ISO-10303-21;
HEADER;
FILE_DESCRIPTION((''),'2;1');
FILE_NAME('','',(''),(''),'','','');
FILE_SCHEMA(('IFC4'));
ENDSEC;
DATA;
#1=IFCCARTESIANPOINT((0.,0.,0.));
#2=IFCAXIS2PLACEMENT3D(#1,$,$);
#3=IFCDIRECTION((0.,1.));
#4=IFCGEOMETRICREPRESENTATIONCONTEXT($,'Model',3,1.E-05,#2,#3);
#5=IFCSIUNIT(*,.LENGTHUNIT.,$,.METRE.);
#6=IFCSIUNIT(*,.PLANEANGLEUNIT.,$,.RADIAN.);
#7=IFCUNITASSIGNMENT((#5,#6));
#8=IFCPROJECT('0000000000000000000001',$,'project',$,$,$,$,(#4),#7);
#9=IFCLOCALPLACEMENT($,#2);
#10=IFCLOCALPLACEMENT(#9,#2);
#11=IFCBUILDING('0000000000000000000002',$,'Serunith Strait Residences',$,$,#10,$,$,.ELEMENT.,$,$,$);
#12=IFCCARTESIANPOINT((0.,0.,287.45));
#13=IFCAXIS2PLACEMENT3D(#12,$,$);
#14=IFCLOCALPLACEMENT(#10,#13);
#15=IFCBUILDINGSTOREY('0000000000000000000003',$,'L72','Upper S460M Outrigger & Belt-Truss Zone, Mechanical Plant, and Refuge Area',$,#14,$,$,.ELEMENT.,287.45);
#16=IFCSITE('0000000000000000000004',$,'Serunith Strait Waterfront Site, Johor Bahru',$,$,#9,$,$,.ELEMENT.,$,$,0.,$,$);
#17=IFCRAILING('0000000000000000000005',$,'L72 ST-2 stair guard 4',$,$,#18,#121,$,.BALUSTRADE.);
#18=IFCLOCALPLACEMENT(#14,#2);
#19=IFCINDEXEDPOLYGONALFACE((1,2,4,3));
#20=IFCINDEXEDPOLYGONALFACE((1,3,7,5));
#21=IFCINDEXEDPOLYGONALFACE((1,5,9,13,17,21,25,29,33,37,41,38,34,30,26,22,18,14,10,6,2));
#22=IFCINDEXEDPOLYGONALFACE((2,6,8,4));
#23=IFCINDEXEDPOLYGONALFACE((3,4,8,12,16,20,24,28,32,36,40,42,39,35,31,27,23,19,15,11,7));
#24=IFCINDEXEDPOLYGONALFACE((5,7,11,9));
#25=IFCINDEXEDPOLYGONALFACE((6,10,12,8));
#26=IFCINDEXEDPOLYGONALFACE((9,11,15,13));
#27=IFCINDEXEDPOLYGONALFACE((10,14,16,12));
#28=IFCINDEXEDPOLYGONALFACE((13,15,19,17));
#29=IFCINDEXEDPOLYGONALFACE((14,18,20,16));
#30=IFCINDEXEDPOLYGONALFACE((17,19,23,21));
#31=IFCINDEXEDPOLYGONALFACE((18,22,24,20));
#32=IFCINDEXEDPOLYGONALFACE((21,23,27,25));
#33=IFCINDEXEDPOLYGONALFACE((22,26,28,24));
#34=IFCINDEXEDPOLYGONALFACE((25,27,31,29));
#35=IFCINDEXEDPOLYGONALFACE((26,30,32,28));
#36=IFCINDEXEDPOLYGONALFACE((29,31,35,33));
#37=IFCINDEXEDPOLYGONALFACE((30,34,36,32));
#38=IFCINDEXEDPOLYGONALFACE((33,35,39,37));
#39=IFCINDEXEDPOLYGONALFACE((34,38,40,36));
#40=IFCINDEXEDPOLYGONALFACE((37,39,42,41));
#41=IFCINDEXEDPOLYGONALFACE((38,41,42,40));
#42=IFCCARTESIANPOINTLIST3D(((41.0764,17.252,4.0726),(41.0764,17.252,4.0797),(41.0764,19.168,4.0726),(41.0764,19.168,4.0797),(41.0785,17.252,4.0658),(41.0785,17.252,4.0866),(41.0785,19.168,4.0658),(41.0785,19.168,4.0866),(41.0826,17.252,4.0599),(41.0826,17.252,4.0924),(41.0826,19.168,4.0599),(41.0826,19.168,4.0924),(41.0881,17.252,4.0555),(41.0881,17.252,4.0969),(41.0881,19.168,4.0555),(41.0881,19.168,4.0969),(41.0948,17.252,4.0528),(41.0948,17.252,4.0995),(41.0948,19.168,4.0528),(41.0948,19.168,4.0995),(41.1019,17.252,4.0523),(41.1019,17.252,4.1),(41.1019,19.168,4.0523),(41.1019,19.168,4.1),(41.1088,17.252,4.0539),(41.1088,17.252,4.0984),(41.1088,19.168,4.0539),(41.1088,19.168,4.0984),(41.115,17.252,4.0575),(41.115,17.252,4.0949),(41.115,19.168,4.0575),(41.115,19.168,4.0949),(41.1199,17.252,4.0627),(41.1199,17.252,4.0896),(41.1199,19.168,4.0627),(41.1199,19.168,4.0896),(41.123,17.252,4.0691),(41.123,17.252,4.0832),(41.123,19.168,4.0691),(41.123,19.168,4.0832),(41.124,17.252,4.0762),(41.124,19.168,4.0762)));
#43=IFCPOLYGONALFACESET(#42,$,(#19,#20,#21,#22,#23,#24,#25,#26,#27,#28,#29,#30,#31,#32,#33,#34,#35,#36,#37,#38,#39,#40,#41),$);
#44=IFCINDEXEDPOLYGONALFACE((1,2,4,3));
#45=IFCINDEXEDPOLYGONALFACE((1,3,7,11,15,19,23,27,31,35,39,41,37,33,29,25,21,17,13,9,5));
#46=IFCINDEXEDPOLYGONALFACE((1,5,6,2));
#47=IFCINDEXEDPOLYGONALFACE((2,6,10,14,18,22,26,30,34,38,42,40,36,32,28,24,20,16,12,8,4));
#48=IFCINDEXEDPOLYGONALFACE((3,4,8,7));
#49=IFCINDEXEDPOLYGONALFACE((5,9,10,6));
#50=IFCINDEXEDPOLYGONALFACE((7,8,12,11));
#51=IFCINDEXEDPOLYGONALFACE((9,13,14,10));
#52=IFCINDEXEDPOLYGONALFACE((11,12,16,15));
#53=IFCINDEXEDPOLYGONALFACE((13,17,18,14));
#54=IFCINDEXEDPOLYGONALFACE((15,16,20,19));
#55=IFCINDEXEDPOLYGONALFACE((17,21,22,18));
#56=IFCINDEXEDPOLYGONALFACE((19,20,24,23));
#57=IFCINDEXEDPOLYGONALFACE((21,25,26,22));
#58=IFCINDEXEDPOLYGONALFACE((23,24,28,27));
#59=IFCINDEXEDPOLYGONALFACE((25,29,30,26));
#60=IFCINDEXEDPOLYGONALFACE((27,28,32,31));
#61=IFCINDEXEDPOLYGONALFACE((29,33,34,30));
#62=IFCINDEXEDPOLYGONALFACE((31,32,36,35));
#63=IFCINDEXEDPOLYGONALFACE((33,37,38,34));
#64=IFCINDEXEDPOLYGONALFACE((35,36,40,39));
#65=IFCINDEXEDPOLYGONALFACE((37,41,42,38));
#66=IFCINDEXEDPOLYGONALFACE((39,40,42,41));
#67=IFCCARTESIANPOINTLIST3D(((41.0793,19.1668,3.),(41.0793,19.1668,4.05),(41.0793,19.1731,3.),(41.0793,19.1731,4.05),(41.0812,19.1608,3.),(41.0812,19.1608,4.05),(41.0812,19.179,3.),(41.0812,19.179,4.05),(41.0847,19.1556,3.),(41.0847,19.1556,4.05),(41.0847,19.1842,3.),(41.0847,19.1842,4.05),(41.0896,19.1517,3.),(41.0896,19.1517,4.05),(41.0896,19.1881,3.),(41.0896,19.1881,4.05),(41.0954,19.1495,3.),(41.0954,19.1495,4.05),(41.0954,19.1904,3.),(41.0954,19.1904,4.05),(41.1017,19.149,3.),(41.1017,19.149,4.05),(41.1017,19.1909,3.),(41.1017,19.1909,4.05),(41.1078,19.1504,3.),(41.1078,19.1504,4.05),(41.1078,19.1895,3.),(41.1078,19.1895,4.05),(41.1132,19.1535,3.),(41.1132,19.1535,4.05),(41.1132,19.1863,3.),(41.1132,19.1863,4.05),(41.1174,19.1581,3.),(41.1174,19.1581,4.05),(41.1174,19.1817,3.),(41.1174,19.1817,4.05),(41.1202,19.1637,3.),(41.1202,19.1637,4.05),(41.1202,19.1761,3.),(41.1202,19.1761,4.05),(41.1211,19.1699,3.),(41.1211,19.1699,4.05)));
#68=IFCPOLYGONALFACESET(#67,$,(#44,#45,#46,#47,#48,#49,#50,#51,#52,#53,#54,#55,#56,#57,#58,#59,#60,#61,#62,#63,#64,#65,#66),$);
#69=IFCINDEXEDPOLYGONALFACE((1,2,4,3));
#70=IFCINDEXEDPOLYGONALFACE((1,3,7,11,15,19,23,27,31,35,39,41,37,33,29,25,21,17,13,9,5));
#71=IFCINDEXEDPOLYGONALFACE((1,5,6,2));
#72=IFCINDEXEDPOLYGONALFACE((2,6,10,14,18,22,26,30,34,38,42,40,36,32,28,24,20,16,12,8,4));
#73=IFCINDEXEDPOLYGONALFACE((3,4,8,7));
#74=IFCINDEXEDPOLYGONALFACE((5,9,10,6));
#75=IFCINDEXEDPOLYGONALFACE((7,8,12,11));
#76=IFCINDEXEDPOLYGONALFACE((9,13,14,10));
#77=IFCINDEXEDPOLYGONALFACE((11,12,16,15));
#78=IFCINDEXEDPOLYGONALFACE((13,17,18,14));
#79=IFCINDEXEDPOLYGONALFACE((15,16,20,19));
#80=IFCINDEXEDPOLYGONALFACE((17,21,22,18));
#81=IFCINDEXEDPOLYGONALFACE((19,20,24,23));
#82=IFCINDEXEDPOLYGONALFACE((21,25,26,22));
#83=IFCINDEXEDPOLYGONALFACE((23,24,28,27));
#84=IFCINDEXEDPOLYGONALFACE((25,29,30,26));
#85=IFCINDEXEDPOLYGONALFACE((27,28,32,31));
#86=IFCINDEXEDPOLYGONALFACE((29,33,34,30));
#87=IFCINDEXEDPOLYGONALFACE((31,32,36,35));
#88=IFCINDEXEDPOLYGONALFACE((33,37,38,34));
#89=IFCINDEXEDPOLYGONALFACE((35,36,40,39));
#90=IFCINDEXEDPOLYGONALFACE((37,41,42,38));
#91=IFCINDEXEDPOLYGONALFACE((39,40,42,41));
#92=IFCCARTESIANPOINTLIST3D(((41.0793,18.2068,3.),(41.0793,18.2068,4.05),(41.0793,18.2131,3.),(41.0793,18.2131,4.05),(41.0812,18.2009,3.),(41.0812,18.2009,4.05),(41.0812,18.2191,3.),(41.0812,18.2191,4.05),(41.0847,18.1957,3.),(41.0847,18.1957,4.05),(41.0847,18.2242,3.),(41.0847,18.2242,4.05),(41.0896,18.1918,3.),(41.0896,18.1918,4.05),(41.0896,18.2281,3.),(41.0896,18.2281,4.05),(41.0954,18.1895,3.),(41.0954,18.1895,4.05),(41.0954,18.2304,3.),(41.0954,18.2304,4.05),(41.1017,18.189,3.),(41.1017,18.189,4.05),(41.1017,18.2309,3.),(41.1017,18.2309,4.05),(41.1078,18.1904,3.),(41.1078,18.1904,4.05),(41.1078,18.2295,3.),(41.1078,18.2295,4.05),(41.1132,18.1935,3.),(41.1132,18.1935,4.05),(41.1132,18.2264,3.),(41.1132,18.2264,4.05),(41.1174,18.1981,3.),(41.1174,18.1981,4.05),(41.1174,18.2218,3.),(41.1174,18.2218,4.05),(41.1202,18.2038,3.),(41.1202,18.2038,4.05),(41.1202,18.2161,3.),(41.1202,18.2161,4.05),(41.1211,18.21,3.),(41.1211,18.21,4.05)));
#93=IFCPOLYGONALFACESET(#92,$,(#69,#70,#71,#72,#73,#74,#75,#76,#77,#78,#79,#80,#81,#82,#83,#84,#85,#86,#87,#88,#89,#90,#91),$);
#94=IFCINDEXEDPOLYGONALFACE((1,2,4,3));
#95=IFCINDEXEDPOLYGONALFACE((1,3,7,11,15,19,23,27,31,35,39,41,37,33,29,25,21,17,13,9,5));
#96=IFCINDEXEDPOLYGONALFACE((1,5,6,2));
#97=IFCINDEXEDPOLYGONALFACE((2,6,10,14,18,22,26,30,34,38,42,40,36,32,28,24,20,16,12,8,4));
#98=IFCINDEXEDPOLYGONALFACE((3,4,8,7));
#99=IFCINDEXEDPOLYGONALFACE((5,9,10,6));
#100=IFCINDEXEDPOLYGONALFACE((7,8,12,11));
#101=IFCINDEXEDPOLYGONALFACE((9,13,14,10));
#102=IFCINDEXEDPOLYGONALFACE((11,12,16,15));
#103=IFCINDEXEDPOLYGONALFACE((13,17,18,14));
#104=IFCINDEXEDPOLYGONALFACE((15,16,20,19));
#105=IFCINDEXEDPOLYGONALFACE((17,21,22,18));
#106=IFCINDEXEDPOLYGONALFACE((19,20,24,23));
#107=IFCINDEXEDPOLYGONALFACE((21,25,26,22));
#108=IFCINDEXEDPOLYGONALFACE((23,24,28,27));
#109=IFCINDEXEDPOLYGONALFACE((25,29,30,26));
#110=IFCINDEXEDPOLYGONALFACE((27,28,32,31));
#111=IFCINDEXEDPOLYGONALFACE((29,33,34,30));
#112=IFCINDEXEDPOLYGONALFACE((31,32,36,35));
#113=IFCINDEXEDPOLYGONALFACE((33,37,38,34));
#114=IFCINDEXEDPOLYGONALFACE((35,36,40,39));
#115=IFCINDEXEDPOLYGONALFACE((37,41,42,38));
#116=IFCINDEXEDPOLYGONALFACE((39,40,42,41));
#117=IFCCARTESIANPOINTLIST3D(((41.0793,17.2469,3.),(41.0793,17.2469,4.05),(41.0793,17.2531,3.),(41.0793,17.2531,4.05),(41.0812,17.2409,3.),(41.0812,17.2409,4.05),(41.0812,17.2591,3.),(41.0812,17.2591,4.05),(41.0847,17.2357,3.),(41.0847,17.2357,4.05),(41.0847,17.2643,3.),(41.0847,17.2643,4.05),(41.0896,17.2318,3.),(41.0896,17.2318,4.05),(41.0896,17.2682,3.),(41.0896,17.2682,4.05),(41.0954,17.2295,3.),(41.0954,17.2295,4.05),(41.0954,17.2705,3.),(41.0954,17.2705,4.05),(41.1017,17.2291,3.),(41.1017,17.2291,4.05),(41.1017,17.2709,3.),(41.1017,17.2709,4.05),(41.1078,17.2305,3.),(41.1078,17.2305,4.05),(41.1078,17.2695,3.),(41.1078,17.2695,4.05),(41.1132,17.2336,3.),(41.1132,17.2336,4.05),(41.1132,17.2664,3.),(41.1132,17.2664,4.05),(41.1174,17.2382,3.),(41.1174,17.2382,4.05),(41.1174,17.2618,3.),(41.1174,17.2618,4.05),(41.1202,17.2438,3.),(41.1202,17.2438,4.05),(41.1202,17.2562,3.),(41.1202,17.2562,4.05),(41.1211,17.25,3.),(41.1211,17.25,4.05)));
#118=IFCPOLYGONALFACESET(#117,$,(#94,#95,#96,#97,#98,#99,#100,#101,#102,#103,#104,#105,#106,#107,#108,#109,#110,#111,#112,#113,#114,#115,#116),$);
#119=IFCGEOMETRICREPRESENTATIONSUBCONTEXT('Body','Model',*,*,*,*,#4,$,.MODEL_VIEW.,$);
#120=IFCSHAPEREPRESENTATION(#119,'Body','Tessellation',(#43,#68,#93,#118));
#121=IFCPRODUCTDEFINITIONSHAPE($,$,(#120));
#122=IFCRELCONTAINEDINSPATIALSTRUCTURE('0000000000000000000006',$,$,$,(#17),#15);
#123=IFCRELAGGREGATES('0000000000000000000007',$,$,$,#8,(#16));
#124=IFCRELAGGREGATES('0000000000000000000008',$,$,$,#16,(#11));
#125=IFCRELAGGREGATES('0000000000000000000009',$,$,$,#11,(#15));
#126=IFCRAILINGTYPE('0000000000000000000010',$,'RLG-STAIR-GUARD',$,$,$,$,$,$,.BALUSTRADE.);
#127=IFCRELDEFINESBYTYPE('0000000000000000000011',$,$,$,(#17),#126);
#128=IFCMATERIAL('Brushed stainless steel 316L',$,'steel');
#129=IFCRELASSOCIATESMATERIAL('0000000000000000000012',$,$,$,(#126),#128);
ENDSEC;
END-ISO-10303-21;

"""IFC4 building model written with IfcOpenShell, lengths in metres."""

from ifc_helpers import new_model, si_unit, direction, frame, origin, origin_2d, place, context, subcontext, project, spatial, circle, extrude, material, type_object, element, save


model = new_model("IFC4")

# Units and contexts
model_context = context("Model", 3, precision=1e-05, world=origin(), true_north=direction((0.0, 1.0)))
body_context = subcontext(model_context, "Body", "Model", "MODEL_VIEW")
ifc_project = project(units=[si_unit("LENGTHUNIT", "METRE"), si_unit("PLANEANGLEUNIT", "RADIAN")], contexts=[model_context])

# Site, building, storey
site_placement = place(None, origin())
site = spatial("IfcSite", under=ifc_project, at=site_placement, Name="Serunith Strait Waterfront Site, Johor Bahru", CompositionType="ELEMENT", RefElevation=0.0)
building_placement = place(site_placement, origin())
building = spatial("IfcBuilding", under=site, at=building_placement, Name="Serunith Strait Residences", CompositionType="ELEMENT")
storey_placement = place(building_placement, frame((0.0, 0.0, 287.45)))
storey = spatial("IfcBuildingStorey", under=building, at=storey_placement, Name="L72", Description="Upper S460M Outrigger & Belt-Truss Zone, Mechanical Plant, and Refuge Area", CompositionType="ELEMENT", Elevation=287.45)

# Railing
ifc_material_1 = material(Name="Brushed stainless steel 316L", Category="steel")
railing_type_1 = type_object("IfcRailingType", Name="RLG-STAIR-GUARD", PredefinedType="BALUSTRADE", material=ifc_material_1)
for number, where, name in (
    (1, (41.1001, 19.1699, 3.0), "L72 ST-2 stair guard 4"),
):
    element("IfcRailing", number, at=place(storey_placement, frame(where)), inside=storey, type_object=railing_type_1, Name=name, PredefinedType="BALUSTRADE", context=body_context, shape_type="SweptSolid", body=[
        extrude(circle(Radius=0.0239, at=origin_2d()), frame((0.0, -0.002, 1.0762), z_axis=(0.0, -1.0, 0.0), x_axis=(1.0, 0.0, 0.0)), (0.0, 0.0, 1.0), 1.916),
        extrude(circle(Radius=0.021, at=origin_2d()), origin(), (0.0, 0.0, 1.0), 1.05),
        extrude(circle(Radius=0.021, at=origin_2d()), frame((0.0, -0.96, 0.0)), (0.0, 0.0, 1.0), 1.05),
        extrude(circle(Radius=0.021, at=origin_2d()), frame((0.0, -1.9199, 0.0)), (0.0, 0.0, 1.0), 1.05),
    ])

save(model, "model.ifc")
